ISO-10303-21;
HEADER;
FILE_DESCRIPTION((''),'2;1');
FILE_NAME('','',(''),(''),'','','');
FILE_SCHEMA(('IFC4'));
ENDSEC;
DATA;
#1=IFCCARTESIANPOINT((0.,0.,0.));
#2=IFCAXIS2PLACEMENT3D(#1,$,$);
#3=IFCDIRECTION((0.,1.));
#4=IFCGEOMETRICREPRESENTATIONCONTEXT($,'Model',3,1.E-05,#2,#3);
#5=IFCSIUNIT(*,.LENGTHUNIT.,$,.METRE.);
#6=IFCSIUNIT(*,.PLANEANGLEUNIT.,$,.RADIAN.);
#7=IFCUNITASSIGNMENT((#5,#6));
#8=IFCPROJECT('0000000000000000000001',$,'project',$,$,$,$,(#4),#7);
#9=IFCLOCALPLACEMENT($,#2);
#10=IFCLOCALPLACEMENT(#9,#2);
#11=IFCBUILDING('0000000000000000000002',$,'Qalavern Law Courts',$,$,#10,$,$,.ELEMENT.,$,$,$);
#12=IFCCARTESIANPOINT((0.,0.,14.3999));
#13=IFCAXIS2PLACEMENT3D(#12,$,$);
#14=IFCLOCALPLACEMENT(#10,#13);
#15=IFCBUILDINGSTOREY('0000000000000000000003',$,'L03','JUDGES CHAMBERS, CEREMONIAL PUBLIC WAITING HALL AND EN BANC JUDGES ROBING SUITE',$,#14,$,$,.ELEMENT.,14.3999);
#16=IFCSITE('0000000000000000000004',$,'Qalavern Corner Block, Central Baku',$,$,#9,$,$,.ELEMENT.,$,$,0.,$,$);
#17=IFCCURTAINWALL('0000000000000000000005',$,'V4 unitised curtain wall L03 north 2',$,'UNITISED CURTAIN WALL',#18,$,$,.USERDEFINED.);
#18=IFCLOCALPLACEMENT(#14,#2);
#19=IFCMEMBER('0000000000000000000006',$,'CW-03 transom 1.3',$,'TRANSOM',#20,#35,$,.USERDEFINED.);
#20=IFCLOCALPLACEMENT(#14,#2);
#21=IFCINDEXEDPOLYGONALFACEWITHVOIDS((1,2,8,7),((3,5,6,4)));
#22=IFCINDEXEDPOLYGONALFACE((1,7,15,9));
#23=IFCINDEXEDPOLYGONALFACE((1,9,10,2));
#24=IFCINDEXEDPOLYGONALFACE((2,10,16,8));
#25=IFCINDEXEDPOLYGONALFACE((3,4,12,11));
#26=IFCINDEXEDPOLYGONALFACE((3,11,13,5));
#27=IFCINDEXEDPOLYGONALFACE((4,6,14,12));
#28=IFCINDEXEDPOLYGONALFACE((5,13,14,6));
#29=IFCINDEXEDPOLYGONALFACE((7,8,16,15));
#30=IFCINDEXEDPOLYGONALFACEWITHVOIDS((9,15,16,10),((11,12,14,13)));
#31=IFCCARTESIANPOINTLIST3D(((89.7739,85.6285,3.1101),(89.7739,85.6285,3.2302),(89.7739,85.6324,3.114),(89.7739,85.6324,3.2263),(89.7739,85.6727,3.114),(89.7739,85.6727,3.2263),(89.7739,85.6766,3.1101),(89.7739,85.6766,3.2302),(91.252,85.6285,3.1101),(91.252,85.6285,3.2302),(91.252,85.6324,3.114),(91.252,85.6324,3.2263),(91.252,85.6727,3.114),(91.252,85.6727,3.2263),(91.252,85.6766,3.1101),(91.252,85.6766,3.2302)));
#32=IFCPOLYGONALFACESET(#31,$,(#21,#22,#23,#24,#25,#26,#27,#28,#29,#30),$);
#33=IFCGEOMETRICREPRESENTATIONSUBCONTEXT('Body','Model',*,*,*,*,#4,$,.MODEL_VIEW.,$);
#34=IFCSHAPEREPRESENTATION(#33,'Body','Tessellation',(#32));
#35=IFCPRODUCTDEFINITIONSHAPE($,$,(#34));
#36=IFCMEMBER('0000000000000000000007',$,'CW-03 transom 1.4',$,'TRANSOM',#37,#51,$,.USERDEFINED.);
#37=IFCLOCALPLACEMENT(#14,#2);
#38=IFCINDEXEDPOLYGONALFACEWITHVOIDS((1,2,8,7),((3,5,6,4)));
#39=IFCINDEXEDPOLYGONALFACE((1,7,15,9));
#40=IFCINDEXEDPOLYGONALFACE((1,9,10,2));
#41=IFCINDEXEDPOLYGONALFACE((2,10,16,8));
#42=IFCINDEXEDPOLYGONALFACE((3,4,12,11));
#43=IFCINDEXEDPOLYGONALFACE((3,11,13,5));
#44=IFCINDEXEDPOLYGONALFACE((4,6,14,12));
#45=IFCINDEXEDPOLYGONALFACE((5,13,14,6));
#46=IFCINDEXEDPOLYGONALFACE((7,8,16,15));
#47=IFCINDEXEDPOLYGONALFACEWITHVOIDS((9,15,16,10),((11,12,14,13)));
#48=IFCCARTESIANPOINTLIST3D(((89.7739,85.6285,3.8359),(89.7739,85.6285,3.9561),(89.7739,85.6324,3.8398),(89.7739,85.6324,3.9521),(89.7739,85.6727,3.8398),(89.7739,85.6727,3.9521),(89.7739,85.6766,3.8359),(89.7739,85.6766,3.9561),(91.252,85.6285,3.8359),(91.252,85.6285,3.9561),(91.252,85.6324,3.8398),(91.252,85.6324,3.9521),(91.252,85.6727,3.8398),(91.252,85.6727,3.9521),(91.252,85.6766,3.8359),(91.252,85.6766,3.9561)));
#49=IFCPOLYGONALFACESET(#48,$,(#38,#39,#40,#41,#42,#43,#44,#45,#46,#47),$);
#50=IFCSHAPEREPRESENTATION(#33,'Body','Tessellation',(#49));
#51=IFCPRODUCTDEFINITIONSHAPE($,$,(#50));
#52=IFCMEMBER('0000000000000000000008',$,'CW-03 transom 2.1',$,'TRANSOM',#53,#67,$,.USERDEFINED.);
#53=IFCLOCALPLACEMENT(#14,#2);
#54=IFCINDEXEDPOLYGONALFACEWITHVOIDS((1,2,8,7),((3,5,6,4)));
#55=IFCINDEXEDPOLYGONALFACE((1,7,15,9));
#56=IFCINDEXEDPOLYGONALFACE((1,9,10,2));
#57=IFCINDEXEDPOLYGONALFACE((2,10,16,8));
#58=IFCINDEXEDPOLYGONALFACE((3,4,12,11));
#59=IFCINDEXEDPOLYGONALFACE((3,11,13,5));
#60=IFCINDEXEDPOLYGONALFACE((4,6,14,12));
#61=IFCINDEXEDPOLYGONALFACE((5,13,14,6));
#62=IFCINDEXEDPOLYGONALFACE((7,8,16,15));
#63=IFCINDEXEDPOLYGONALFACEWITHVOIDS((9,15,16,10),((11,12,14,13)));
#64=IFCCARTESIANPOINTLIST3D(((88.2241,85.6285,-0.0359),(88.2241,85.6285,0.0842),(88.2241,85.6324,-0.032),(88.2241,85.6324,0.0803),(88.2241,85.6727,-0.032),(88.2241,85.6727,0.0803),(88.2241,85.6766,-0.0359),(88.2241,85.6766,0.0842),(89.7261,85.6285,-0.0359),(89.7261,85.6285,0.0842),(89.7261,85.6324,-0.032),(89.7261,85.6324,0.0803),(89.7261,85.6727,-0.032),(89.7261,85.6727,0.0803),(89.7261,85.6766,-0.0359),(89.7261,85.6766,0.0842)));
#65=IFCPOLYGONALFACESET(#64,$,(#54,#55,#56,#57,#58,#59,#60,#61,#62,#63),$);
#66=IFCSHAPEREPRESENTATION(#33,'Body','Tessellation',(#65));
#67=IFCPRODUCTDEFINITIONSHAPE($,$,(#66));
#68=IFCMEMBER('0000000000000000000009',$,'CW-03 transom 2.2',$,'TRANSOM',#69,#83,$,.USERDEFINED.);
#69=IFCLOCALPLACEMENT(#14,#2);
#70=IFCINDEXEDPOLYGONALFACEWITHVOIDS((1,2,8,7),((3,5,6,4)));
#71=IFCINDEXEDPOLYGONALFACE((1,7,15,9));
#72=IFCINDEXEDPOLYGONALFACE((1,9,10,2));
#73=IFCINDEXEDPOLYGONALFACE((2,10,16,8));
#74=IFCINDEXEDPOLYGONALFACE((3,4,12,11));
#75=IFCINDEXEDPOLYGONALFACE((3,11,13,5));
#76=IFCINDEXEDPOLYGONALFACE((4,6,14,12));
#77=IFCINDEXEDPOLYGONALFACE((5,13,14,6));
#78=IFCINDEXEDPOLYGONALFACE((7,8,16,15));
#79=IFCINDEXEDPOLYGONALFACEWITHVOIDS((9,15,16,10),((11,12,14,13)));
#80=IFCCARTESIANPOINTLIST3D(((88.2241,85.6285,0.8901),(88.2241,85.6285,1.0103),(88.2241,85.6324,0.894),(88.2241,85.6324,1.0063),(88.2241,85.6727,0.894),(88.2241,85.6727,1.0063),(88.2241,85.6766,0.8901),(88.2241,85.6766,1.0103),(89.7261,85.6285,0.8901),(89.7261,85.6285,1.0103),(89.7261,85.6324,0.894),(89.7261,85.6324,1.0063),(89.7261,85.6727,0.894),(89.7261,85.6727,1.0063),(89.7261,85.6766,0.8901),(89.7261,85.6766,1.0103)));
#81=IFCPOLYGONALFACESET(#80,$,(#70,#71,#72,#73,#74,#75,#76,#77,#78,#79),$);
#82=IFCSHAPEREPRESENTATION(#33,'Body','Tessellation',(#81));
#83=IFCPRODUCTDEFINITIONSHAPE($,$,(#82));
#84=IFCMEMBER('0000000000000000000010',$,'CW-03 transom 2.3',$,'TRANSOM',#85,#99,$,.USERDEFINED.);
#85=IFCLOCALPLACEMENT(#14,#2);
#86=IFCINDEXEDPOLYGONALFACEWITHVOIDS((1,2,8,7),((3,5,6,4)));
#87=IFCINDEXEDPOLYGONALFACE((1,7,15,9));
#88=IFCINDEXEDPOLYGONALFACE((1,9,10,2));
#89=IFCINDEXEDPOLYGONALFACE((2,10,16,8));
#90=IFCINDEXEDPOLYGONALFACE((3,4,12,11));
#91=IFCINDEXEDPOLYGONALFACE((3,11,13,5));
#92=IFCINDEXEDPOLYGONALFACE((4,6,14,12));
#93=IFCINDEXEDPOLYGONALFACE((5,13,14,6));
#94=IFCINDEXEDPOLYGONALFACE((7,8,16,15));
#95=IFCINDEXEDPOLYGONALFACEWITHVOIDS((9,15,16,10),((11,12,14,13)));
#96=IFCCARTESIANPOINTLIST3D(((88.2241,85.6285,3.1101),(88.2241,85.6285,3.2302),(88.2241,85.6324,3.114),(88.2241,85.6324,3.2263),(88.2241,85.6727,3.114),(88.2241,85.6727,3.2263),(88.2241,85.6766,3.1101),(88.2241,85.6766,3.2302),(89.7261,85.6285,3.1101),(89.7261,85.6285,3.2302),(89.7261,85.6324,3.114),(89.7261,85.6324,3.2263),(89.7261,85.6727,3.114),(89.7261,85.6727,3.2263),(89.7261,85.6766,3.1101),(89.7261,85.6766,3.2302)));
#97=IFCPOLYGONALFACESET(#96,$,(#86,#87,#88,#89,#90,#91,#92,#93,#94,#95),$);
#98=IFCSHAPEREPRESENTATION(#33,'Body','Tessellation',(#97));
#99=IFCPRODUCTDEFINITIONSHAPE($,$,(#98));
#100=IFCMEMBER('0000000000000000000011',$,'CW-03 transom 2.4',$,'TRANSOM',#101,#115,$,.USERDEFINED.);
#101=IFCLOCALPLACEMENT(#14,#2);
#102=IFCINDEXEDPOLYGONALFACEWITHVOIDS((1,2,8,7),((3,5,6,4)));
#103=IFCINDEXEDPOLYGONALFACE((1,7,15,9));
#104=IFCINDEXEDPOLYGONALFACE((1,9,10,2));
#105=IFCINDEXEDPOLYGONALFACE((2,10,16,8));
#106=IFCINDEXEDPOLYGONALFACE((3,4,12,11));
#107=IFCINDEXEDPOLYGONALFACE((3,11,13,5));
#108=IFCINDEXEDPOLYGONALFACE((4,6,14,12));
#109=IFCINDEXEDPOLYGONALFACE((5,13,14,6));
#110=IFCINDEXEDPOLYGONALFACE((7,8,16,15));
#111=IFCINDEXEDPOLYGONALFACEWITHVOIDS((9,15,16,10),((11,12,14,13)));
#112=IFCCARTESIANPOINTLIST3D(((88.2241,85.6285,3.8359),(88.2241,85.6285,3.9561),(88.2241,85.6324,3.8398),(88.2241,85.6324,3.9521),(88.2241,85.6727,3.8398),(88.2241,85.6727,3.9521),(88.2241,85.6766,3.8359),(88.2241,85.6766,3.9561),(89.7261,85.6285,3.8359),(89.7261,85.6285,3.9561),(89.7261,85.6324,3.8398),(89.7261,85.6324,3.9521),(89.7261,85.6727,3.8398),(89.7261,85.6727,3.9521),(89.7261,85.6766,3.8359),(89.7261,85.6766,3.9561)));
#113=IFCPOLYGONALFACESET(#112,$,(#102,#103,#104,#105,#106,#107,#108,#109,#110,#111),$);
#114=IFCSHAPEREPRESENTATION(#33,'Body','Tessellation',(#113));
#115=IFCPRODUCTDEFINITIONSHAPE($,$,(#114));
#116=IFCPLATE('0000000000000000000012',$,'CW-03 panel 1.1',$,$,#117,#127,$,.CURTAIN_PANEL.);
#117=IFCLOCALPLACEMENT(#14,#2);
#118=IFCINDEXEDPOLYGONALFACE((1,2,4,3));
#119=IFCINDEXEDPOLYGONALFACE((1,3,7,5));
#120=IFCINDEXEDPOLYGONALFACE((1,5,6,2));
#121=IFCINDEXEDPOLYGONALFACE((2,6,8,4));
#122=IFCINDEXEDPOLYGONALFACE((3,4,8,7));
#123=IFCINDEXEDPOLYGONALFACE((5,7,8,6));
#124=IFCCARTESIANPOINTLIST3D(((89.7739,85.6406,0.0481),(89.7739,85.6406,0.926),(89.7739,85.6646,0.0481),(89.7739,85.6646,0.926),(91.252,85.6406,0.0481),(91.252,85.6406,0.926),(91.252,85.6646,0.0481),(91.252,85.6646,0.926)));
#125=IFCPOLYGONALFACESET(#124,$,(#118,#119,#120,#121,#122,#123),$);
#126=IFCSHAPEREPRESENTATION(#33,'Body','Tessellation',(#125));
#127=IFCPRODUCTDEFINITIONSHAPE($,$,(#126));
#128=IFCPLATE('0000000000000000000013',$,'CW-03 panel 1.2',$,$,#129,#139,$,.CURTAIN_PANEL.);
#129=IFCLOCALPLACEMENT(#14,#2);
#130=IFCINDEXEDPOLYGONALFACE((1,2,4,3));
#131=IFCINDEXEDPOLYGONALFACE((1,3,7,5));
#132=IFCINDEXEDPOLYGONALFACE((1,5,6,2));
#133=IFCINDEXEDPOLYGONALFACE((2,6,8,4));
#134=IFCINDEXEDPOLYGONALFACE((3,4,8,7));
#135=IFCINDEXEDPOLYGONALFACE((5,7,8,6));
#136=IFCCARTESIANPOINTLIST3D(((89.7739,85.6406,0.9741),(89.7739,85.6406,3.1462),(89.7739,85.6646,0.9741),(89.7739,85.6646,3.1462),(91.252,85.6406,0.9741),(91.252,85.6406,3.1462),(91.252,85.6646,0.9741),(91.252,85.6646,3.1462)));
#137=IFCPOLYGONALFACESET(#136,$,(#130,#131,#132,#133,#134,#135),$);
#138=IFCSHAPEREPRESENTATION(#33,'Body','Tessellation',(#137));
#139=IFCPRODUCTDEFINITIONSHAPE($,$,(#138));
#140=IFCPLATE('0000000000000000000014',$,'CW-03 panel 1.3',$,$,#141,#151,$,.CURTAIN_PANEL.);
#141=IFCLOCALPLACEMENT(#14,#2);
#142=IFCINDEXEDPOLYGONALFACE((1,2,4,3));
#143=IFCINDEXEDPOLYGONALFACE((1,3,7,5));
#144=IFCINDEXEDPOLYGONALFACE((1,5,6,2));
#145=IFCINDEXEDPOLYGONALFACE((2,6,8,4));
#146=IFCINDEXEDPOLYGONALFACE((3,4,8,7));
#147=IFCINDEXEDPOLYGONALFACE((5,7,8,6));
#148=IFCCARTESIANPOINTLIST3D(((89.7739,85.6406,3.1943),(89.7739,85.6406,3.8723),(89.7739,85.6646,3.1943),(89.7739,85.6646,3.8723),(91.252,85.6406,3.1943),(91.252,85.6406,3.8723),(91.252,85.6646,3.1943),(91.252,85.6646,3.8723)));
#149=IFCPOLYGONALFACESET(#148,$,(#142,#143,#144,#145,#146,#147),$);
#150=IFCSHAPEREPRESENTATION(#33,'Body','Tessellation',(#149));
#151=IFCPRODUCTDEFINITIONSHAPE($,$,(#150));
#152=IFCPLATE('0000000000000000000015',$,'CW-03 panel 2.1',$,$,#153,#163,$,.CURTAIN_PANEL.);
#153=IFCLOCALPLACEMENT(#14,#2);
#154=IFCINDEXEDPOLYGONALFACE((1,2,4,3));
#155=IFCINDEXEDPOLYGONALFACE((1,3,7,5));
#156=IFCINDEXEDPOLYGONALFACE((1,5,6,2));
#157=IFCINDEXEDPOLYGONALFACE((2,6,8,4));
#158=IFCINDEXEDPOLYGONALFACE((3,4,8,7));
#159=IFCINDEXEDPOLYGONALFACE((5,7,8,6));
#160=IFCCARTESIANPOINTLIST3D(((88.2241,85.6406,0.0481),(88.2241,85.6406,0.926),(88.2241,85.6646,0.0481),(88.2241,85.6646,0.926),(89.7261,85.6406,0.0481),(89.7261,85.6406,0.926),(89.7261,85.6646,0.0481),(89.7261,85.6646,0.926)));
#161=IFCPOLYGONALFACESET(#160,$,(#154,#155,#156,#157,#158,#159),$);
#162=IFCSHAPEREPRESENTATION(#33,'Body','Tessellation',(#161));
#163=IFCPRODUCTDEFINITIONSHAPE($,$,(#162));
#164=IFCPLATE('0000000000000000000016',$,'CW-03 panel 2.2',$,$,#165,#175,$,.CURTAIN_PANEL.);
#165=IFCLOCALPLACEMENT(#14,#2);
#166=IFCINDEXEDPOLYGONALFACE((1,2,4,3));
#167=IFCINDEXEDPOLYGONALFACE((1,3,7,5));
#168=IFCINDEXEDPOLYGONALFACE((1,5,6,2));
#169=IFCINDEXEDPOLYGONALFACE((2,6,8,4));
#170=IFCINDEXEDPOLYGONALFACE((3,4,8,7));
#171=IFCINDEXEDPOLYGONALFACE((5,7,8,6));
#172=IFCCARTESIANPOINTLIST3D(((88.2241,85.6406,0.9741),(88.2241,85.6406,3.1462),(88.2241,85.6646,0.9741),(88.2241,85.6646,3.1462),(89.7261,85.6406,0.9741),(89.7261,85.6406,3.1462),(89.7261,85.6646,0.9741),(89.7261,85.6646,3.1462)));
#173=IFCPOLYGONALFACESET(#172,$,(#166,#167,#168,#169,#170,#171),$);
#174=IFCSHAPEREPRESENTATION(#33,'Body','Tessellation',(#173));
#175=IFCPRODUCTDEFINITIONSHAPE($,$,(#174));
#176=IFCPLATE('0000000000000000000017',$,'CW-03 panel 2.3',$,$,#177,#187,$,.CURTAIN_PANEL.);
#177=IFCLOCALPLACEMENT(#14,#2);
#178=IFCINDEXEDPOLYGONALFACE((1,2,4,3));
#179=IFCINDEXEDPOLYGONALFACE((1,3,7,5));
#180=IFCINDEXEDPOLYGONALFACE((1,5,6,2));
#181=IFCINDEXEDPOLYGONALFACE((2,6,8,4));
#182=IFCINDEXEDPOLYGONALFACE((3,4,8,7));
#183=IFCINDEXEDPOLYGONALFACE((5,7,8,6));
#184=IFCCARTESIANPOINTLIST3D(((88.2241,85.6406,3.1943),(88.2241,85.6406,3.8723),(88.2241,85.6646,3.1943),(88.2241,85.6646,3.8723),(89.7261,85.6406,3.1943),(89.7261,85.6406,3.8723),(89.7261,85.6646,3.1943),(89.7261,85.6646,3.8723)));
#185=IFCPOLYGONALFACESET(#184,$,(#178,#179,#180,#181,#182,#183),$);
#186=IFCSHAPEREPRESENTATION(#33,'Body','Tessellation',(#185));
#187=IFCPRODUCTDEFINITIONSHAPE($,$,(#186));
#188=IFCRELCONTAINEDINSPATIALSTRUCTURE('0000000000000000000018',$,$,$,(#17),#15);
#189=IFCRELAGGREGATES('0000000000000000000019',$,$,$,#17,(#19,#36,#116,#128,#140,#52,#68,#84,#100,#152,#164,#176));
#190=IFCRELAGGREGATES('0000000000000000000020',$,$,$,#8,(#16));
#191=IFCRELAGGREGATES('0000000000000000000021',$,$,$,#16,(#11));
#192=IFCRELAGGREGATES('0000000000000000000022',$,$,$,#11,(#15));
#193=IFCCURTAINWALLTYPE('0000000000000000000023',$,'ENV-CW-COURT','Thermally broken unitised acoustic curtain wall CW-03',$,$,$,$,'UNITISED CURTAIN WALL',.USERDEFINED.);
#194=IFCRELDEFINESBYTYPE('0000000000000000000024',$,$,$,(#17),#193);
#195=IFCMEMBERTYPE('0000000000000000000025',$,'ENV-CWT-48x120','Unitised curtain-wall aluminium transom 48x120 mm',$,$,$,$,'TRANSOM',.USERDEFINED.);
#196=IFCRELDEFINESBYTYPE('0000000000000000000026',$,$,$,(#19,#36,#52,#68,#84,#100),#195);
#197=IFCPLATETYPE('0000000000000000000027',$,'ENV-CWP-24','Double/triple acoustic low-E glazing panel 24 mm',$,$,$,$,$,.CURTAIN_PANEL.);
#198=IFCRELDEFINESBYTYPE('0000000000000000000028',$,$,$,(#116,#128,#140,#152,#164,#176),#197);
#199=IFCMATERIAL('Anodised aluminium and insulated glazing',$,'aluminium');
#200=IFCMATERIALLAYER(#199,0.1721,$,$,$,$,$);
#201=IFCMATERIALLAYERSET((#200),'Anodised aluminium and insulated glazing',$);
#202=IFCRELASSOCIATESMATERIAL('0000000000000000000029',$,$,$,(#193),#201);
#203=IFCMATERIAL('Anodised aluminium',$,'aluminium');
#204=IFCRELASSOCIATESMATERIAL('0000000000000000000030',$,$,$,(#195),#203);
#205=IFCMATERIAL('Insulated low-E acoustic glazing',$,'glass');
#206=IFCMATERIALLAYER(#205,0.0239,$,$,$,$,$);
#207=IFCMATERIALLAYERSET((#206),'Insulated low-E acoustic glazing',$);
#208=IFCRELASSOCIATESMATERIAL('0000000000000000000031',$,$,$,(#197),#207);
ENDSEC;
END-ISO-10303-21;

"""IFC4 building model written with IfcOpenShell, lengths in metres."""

from ifc_helpers import new_model, si_unit, direction, frame, origin, origin_2d, place, context, subcontext, project, spatial, rectangle, hollow_rectangle, extrude, material, layer, layer_set, material_profile, profile_set, type_object, element, aggregate, save


model = new_model("IFC4")

# Units and contexts
model_context = context("Model", 3, precision=1e-05, world=origin(), true_north=direction((0.0, 1.0)))
body_context = subcontext(model_context, "Body", "Model", "MODEL_VIEW")
ifc_project = project(units=[si_unit("LENGTHUNIT", "METRE"), si_unit("PLANEANGLEUNIT", "RADIAN")], contexts=[model_context])

# Site, building, storey
site_placement = place(None, origin())
site = spatial("IfcSite", under=ifc_project, at=site_placement, Name="Qalavern Corner Block, Central Baku", CompositionType="ELEMENT", RefElevation=0.0)
building_placement = place(site_placement, origin())
building = spatial("IfcBuilding", under=site, at=building_placement, Name="Qalavern Law Courts", CompositionType="ELEMENT")
storey_placement = place(building_placement, frame((0.0, 0.0, 14.3999)))
storey = spatial("IfcBuildingStorey", under=building, at=storey_placement, Name="L03", Description="JUDGES CHAMBERS, CEREMONIAL PUBLIC WAITING HALL AND EN BANC JUDGES ROBING SUITE", CompositionType="ELEMENT", Elevation=14.3999)

# Curtain wall
ifc_material_1 = material(Name="Anodised aluminium and insulated glazing", Category="aluminium")
ifc_layer_1 = layer(ifc_material_1, 0.1721)
ifc_layer_set_1 = layer_set([ifc_layer_1], Name="Anodised aluminium and insulated glazing")
curtain_wall_type = type_object("IfcCurtainWallType", Name="ENV-CW-COURT", Description="Thermally broken unitised acoustic curtain wall CW-03", ElementType="UNITISED CURTAIN WALL", PredefinedType="USERDEFINED", material=ifc_layer_set_1)
ifc_material_2 = material(Name="Anodised aluminium", Category="aluminium")
curtain_wall_1_placement = place(storey_placement, origin())
curtain_wall_1 = element("IfcCurtainWall", 1, at=curtain_wall_1_placement, inside=storey, type_object=curtain_wall_type, Name="V4 unitised curtain wall L03 north 2", ObjectType="UNITISED CURTAIN WALL", PredefinedType="USERDEFINED")

# Members
ifc_material_profile_1 = material_profile(ifc_material_2, hollow_rectangle(XDim=0.0481, YDim=0.1201, WallThickness=0.0039, at=origin_2d()), Name="ALU TRANSOM 48x120")
ifc_profile_set_1 = profile_set([ifc_material_profile_1], Name="Anodised aluminium")
member_type_1 = type_object("IfcMemberType", Name="ENV-CWT-48x120", Description="Unitised curtain-wall aluminium transom 48x120 mm", ElementType="TRANSOM", PredefinedType="USERDEFINED", material=ifc_profile_set_1)
member_1_placement = place(storey_placement, frame((91.252, 85.6526, 3.1702), z_axis=(-1.0, 0.0, 0.0), x_axis=(0.0, -1.0, 0.0)))
member_1 = element("IfcMember", 2, at=member_1_placement, type_object=member_type_1, Name="CW-03 transom 1.3", ObjectType="TRANSOM", PredefinedType="USERDEFINED", context=body_context, shape_type="SweptSolid", body=[
    extrude(hollow_rectangle(XDim=0.0481, YDim=0.1201, WallThickness=0.0039, at=origin_2d()), origin(), (0.0, 0.0, 1.0), 1.478),
])
member_2_placement = place(storey_placement, frame((91.252, 85.6526, 3.896), z_axis=(-1.0, 0.0, 0.0), x_axis=(0.0, -1.0, 0.0)))
member_2 = element("IfcMember", 3, at=member_2_placement, type_object=member_type_1, Name="CW-03 transom 1.4", ObjectType="TRANSOM", PredefinedType="USERDEFINED", context=body_context, shape_type="SweptSolid", body=[
    extrude(hollow_rectangle(XDim=0.0481, YDim=0.1201, WallThickness=0.0039, at=origin_2d()), origin(), (0.0, 0.0, 1.0), 1.478),
])
member_3_placement = place(storey_placement, frame((89.7261, 85.6526, 0.0242), z_axis=(-1.0, 0.0, 0.0), x_axis=(0.0, -1.0, 0.0)))
member_3 = element("IfcMember", 4, at=member_3_placement, type_object=member_type_1, Name="CW-03 transom 2.1", ObjectType="TRANSOM", PredefinedType="USERDEFINED", context=body_context, shape_type="SweptSolid", body=[
    extrude(hollow_rectangle(XDim=0.0481, YDim=0.1201, WallThickness=0.0039, at=origin_2d()), origin(), (0.0, 0.0, 1.0), 1.502),
])
member_4_placement = place(storey_placement, frame((89.7261, 85.6526, 0.9502), z_axis=(-1.0, 0.0, 0.0), x_axis=(0.0, -1.0, 0.0)))
member_4 = element("IfcMember", 5, at=member_4_placement, type_object=member_type_1, Name="CW-03 transom 2.2", ObjectType="TRANSOM", PredefinedType="USERDEFINED", context=body_context, shape_type="SweptSolid", body=[
    extrude(hollow_rectangle(XDim=0.0481, YDim=0.1201, WallThickness=0.0039, at=origin_2d()), origin(), (0.0, 0.0, 1.0), 1.502),
])
member_5_placement = place(storey_placement, frame((89.7261, 85.6526, 3.1702), z_axis=(-1.0, 0.0, 0.0), x_axis=(0.0, -1.0, 0.0)))
member_5 = element("IfcMember", 6, at=member_5_placement, type_object=member_type_1, Name="CW-03 transom 2.3", ObjectType="TRANSOM", PredefinedType="USERDEFINED", context=body_context, shape_type="SweptSolid", body=[
    extrude(hollow_rectangle(XDim=0.0481, YDim=0.1201, WallThickness=0.0039, at=origin_2d()), origin(), (0.0, 0.0, 1.0), 1.502),
])
member_6_placement = place(storey_placement, frame((89.7261, 85.6526, 3.896), z_axis=(-1.0, 0.0, 0.0), x_axis=(0.0, -1.0, 0.0)))
member_6 = element("IfcMember", 7, at=member_6_placement, type_object=member_type_1, Name="CW-03 transom 2.4", ObjectType="TRANSOM", PredefinedType="USERDEFINED", context=body_context, shape_type="SweptSolid", body=[
    extrude(hollow_rectangle(XDim=0.0481, YDim=0.1201, WallThickness=0.0039, at=origin_2d()), origin(), (0.0, 0.0, 1.0), 1.502),
])

# Plates
ifc_material_3 = material(Name="Insulated low-E acoustic glazing", Category="glass")
ifc_layer_2 = layer(ifc_material_3, 0.0239)
ifc_layer_set_2 = layer_set([ifc_layer_2], Name="Insulated low-E acoustic glazing")
plate_type_1 = type_object("IfcPlateType", Name="ENV-CWP-24", Description="Double/triple acoustic low-E glazing panel 24 mm", PredefinedType="CURTAIN_PANEL", material=ifc_layer_set_2)
plate_1_placement = place(storey_placement, frame((90.5129, 85.6526, 0.0481), z_axis=(0.0, 0.0, 1.0), x_axis=(-1.0, 0.0, 0.0)))
plate_1 = element("IfcPlate", 8, at=plate_1_placement, type_object=plate_type_1, Name="CW-03 panel 1.1", PredefinedType="CURTAIN_PANEL", context=body_context, shape_type="SweptSolid", body=[
    extrude(rectangle(XDim=1.478, YDim=0.0239, at=origin_2d()), origin(), (0.0, 0.0, 1.0), 0.8779),
])
plate_2_placement = place(storey_placement, frame((90.5129, 85.6526, 0.9741), z_axis=(0.0, 0.0, 1.0), x_axis=(-1.0, 0.0, 0.0)))
plate_2 = element("IfcPlate", 9, at=plate_2_placement, type_object=plate_type_1, Name="CW-03 panel 1.2", PredefinedType="CURTAIN_PANEL", context=body_context, shape_type="SweptSolid", body=[
    extrude(rectangle(XDim=1.478, YDim=0.0239, at=origin_2d()), origin(), (0.0, 0.0, 1.0), 2.1721),
])
plate_3_placement = place(storey_placement, frame((90.5129, 85.6526, 3.1943), z_axis=(0.0, 0.0, 1.0), x_axis=(-1.0, 0.0, 0.0)))
plate_3 = element("IfcPlate", 10, at=plate_3_placement, type_object=plate_type_1, Name="CW-03 panel 1.3", PredefinedType="CURTAIN_PANEL", context=body_context, shape_type="SweptSolid", body=[
    extrude(rectangle(XDim=1.478, YDim=0.0239, at=origin_2d()), origin(), (0.0, 0.0, 1.0), 0.678),
])
plate_4_placement = place(storey_placement, frame((88.9751, 85.6526, 0.0481), z_axis=(0.0, 0.0, 1.0), x_axis=(-1.0, 0.0, 0.0)))
plate_4 = element("IfcPlate", 11, at=plate_4_placement, type_object=plate_type_1, Name="CW-03 panel 2.1", PredefinedType="CURTAIN_PANEL", context=body_context, shape_type="SweptSolid", body=[
    extrude(rectangle(XDim=1.502, YDim=0.0239, at=origin_2d()), origin(), (0.0, 0.0, 1.0), 0.8779),
])
plate_5_placement = place(storey_placement, frame((88.9751, 85.6526, 0.9741), z_axis=(0.0, 0.0, 1.0), x_axis=(-1.0, 0.0, 0.0)))
plate_5 = element("IfcPlate", 12, at=plate_5_placement, type_object=plate_type_1, Name="CW-03 panel 2.2", PredefinedType="CURTAIN_PANEL", context=body_context, shape_type="SweptSolid", body=[
    extrude(rectangle(XDim=1.502, YDim=0.0239, at=origin_2d()), origin(), (0.0, 0.0, 1.0), 2.1721),
])
plate_6_placement = place(storey_placement, frame((88.9751, 85.6526, 3.1943), z_axis=(0.0, 0.0, 1.0), x_axis=(-1.0, 0.0, 0.0)))
plate_6 = element("IfcPlate", 13, at=plate_6_placement, type_object=plate_type_1, Name="CW-03 panel 2.3", PredefinedType="CURTAIN_PANEL", context=body_context, shape_type="SweptSolid", body=[
    extrude(rectangle(XDim=1.502, YDim=0.0239, at=origin_2d()), origin(), (0.0, 0.0, 1.0), 0.678),
])
aggregate(curtain_wall_1, [member_1, member_2, plate_1, plate_2, plate_3, member_3, member_4, member_5, member_6, plate_4, plate_5, plate_6])

save(model, "model.ifc")
